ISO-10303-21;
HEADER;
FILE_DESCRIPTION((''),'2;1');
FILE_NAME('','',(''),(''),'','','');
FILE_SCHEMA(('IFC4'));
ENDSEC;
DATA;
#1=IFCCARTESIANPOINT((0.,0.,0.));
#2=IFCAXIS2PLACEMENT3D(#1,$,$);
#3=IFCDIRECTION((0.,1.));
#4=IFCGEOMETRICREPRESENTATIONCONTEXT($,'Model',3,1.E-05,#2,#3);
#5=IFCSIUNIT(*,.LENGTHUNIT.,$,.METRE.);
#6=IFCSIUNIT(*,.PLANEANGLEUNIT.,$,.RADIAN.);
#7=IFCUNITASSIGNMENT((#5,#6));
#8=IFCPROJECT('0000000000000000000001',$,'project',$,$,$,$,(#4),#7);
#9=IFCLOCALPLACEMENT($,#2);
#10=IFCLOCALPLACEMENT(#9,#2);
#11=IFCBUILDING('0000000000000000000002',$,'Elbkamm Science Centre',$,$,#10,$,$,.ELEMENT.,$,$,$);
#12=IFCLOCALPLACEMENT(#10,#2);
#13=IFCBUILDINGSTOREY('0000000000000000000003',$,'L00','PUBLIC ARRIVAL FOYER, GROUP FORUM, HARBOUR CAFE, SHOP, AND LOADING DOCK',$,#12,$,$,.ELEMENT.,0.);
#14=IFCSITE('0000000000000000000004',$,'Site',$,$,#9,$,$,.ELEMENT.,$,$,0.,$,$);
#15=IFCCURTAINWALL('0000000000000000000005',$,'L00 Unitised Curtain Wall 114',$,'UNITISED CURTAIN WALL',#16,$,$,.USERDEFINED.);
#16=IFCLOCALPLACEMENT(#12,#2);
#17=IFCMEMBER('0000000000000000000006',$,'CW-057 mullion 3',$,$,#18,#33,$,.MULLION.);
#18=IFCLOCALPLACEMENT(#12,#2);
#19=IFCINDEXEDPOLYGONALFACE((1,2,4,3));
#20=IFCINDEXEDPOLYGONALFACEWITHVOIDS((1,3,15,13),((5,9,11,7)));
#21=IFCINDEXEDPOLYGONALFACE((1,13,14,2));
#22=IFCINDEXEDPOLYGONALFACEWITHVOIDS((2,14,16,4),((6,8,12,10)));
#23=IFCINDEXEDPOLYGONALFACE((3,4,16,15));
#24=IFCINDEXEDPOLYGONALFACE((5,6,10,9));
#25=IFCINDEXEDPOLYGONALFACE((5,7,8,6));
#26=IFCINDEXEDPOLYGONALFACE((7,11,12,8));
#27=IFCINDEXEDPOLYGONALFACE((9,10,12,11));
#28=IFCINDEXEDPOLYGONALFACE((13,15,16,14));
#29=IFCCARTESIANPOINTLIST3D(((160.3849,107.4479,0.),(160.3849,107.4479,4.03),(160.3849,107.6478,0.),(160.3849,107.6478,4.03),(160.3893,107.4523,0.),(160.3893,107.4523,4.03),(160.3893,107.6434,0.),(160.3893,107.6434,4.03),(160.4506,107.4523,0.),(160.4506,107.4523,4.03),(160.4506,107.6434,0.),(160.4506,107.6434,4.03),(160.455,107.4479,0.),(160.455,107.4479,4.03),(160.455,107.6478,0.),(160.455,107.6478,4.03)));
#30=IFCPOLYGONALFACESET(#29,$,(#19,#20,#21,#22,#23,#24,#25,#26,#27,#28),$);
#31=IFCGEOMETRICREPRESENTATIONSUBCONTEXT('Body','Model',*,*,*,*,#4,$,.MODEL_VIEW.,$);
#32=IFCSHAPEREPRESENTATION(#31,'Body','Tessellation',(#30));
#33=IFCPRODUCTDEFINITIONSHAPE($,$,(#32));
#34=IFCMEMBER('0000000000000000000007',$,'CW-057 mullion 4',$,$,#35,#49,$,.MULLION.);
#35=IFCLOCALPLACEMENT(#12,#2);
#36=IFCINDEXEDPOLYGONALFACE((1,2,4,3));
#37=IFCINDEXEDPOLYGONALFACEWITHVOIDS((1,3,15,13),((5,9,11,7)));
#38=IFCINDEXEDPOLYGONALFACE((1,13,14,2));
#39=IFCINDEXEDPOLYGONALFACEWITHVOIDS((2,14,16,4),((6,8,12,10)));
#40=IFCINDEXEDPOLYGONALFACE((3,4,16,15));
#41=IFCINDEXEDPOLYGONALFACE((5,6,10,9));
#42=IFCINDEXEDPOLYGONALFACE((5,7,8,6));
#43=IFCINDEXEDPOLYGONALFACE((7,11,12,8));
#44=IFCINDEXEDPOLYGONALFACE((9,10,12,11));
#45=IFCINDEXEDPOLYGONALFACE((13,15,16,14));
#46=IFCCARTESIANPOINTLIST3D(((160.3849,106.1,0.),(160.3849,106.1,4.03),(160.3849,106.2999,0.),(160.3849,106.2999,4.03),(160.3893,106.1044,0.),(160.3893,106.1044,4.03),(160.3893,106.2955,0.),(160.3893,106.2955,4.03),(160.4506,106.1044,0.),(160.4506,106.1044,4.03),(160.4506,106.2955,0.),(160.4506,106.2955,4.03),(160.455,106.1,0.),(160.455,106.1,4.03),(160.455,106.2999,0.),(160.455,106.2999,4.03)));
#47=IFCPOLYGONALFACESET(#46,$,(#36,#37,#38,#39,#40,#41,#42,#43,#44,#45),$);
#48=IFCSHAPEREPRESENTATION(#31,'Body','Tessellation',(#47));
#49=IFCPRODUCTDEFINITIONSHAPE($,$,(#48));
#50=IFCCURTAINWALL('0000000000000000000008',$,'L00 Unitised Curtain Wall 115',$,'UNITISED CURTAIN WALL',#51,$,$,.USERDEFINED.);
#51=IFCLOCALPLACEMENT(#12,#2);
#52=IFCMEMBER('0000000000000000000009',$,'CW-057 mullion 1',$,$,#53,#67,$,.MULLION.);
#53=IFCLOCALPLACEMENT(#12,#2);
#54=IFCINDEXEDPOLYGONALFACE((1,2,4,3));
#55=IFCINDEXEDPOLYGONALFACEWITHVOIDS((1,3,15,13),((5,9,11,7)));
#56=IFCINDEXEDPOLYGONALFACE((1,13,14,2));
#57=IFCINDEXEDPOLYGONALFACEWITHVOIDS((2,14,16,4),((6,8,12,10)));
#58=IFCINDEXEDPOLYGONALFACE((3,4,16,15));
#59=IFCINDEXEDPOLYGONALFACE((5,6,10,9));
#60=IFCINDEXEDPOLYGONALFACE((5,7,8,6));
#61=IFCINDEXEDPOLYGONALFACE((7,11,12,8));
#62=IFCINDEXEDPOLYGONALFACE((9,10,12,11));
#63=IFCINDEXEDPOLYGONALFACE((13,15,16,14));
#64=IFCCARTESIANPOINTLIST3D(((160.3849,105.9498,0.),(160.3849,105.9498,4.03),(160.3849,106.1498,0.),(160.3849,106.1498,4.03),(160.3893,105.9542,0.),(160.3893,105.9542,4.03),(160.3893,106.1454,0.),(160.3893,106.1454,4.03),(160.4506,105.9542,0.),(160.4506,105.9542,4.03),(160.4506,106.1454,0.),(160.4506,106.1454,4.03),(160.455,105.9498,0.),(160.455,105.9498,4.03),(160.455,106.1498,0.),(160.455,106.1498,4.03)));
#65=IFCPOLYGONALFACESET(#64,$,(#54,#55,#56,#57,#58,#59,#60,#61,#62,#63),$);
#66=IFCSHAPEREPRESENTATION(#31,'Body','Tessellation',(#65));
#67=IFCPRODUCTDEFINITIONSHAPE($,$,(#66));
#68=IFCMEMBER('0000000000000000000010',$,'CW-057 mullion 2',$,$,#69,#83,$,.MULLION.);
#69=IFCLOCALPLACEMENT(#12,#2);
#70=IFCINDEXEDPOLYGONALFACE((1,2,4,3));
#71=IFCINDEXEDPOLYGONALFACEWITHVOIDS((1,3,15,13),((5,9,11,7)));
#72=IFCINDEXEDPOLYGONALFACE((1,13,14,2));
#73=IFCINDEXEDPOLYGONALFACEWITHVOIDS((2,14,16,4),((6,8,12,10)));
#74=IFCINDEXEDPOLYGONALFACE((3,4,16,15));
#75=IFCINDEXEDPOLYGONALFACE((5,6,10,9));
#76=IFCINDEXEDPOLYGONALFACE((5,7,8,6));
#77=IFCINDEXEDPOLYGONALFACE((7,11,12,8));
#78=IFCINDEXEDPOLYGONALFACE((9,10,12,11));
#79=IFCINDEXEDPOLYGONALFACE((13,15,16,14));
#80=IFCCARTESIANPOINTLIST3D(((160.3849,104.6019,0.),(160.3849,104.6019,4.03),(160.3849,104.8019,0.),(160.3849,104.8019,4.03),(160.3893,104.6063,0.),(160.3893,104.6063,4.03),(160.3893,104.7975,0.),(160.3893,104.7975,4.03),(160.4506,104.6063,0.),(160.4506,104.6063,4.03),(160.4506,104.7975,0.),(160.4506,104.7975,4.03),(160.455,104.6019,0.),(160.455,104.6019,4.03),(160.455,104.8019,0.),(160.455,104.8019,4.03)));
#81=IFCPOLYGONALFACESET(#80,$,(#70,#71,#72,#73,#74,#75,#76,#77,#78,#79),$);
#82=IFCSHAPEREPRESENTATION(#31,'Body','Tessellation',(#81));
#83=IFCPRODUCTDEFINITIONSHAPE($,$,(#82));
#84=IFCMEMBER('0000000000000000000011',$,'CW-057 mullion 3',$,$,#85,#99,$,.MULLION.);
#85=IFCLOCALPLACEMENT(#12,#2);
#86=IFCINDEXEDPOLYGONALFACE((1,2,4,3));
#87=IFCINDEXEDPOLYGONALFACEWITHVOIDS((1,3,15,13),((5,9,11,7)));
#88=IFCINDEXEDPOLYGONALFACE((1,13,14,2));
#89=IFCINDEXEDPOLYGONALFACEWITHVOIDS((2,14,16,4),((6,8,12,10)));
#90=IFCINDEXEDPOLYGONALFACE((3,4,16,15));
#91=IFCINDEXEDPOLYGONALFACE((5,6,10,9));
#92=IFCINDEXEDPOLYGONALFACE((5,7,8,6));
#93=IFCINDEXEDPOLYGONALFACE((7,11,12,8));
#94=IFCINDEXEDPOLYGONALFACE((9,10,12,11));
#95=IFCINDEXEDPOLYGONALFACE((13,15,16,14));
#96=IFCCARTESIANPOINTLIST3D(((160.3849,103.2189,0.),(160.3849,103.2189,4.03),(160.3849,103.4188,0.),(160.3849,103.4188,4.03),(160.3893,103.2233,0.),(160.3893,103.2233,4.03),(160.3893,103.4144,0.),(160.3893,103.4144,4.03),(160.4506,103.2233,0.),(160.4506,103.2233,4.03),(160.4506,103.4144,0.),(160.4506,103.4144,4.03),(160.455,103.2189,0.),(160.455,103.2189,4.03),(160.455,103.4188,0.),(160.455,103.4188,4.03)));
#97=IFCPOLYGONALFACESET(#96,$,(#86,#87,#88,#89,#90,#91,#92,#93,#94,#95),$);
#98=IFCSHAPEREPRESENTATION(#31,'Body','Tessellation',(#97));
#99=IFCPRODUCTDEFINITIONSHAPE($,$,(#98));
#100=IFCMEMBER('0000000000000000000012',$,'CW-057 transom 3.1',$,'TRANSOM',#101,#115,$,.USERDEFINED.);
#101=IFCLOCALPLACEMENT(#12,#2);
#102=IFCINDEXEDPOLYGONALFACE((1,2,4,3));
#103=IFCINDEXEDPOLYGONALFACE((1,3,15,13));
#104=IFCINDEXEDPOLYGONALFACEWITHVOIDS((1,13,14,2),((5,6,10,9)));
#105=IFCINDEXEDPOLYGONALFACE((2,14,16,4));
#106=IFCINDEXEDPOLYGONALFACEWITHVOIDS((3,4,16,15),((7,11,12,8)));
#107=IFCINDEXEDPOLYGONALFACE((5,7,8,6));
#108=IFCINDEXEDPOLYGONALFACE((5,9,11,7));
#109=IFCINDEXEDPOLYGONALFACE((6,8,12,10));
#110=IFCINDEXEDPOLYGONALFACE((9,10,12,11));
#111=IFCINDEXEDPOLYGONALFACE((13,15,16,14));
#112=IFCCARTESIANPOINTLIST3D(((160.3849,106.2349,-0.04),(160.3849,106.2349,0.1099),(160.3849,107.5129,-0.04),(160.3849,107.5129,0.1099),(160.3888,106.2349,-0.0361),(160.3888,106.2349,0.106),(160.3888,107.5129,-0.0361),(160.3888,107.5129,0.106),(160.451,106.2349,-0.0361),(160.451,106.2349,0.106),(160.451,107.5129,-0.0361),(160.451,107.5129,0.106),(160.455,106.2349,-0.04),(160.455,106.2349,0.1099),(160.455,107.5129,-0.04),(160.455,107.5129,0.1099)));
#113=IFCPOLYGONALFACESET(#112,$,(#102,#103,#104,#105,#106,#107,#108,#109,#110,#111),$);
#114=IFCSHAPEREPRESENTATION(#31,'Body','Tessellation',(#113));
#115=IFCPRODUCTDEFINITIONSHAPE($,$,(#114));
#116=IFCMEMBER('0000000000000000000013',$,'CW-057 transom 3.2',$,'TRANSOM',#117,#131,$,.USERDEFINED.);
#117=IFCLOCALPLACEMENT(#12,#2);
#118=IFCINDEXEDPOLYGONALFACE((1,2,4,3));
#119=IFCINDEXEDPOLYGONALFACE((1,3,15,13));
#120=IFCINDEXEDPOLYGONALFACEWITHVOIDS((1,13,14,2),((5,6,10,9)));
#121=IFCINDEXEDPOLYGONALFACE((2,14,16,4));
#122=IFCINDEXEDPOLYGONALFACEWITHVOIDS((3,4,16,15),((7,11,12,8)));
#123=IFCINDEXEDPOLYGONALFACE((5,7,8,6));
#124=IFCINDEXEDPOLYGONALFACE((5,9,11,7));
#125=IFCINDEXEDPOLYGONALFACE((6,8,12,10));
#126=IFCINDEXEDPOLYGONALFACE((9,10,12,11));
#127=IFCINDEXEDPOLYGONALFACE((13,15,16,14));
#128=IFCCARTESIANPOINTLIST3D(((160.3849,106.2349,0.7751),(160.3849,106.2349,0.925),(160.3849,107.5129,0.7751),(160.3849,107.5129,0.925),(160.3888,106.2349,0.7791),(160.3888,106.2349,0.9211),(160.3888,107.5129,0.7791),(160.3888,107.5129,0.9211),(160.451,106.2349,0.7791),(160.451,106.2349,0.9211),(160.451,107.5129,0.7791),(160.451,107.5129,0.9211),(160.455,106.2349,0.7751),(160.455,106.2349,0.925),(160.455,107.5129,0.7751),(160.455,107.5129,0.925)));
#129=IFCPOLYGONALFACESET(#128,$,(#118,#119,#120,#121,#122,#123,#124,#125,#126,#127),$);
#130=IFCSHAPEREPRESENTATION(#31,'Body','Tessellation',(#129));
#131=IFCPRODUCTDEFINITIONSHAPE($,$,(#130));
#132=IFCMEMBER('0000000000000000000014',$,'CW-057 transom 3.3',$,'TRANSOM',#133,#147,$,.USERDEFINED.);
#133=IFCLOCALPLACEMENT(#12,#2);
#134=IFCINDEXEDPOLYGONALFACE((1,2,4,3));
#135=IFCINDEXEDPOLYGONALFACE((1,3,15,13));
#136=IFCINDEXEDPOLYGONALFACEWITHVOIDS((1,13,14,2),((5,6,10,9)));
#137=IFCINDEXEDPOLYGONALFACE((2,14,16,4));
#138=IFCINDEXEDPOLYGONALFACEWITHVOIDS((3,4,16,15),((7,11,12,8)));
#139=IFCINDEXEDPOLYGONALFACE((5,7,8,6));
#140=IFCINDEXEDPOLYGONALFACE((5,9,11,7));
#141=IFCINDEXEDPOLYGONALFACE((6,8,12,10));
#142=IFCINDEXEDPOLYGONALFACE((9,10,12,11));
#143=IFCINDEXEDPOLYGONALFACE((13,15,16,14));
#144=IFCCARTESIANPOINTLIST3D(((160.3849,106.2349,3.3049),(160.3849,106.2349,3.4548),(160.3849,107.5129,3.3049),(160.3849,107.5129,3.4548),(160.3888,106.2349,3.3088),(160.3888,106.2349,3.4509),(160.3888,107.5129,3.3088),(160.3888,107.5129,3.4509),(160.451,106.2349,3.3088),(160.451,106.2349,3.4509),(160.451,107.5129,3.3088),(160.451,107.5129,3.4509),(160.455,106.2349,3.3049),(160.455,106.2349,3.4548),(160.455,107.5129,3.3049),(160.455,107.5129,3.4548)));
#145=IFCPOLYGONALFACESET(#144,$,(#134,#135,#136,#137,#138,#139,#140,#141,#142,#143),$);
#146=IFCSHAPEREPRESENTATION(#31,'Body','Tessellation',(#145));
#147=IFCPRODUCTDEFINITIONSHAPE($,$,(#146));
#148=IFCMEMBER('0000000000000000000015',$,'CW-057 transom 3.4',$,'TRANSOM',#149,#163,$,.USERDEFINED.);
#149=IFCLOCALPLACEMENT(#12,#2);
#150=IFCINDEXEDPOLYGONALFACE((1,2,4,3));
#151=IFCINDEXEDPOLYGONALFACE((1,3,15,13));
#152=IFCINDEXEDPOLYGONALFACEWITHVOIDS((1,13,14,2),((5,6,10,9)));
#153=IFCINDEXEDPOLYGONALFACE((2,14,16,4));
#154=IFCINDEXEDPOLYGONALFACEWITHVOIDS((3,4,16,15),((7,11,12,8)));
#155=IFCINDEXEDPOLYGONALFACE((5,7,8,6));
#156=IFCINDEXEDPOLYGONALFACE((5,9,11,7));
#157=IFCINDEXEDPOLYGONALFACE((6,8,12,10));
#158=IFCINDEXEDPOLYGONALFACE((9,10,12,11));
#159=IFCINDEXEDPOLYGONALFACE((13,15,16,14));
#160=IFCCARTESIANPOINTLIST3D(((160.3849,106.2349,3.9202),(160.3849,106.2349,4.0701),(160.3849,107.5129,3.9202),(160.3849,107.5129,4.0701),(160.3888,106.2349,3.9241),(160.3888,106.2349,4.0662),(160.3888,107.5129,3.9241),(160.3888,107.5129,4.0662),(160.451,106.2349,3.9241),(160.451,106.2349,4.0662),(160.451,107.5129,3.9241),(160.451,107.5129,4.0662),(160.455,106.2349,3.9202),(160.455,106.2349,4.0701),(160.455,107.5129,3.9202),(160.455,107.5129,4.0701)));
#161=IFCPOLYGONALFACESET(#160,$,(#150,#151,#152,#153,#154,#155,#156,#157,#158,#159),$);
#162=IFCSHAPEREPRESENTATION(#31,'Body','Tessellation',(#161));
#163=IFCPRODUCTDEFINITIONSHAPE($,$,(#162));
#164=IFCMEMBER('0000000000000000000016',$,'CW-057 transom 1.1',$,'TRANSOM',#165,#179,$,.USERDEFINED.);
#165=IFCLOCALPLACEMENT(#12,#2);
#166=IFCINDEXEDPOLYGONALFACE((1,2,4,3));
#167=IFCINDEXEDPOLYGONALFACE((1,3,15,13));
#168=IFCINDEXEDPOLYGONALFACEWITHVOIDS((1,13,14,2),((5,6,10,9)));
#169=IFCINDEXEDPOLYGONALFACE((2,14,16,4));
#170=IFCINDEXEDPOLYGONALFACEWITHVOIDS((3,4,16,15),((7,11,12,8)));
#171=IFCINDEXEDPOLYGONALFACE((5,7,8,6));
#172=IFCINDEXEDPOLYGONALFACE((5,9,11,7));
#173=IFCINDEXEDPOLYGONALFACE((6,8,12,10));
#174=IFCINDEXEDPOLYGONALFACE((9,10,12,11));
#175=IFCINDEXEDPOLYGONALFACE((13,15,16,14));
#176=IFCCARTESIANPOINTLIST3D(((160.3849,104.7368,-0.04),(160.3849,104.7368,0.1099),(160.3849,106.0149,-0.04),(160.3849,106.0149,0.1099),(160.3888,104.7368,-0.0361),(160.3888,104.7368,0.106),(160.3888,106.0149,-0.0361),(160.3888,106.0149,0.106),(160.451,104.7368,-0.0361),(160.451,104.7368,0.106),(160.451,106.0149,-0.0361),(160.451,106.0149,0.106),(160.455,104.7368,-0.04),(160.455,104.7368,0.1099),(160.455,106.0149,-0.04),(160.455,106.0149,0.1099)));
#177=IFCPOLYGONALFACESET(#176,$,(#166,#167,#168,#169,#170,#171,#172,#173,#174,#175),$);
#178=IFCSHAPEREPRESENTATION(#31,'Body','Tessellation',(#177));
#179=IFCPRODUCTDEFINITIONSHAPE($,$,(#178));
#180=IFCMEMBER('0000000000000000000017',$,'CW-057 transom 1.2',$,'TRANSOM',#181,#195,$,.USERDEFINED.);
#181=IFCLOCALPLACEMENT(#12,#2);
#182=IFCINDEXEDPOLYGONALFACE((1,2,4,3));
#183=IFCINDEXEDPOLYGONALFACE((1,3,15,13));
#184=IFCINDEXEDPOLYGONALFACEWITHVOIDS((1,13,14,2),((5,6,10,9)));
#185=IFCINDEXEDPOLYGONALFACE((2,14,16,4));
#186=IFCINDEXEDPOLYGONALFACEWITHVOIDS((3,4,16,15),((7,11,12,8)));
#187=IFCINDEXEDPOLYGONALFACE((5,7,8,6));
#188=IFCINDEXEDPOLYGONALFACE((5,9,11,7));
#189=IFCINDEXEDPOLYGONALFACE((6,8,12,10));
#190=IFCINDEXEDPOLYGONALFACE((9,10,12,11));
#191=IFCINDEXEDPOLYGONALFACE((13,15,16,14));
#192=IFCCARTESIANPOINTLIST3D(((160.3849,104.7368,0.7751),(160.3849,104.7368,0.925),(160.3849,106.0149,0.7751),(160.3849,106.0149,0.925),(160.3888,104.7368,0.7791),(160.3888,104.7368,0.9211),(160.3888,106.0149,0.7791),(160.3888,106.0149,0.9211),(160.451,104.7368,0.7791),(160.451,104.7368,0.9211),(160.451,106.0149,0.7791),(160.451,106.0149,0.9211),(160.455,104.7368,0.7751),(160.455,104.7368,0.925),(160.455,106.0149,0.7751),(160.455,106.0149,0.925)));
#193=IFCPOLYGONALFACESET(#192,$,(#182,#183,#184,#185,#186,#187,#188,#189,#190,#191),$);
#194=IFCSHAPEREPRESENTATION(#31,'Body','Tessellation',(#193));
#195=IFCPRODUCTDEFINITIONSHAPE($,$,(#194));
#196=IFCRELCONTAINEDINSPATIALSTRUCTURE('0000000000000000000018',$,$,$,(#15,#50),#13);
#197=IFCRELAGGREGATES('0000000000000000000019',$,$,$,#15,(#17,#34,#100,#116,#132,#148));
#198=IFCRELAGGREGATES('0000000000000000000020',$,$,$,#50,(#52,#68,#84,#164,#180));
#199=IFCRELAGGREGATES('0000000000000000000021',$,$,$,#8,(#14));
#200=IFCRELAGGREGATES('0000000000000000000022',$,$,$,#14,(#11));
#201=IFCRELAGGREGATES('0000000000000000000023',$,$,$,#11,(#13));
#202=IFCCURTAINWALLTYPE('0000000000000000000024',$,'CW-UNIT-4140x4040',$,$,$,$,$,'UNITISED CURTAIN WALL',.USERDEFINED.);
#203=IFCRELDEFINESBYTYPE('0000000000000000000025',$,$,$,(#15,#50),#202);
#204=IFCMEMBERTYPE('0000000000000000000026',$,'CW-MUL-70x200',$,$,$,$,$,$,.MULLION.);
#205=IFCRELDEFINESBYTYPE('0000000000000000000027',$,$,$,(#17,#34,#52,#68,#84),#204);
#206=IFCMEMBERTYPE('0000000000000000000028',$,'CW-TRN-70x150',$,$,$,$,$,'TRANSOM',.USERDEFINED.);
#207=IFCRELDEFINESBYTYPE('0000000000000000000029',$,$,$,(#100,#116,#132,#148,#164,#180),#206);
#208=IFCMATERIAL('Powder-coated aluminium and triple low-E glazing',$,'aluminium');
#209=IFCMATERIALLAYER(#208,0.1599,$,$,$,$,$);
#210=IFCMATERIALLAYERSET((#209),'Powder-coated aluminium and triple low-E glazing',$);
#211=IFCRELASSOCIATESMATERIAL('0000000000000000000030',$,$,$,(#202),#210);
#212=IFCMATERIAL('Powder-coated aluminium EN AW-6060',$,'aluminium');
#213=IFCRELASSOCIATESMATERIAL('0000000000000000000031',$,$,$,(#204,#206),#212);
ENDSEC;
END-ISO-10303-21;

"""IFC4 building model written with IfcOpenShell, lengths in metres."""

from ifc_helpers import new_model, si_unit, direction, frame, origin, origin_2d, place, context, subcontext, project, spatial, hollow_rectangle, extrude, material, layer, layer_set, material_profile, profile_set, type_object, element, aggregate, save


model = new_model("IFC4")

# Units and contexts
model_context = context("Model", 3, precision=1e-05, world=origin(), true_north=direction((0.0, 1.0)))
body_context = subcontext(model_context, "Body", "Model", "MODEL_VIEW")
ifc_project = project(units=[si_unit("LENGTHUNIT", "METRE"), si_unit("PLANEANGLEUNIT", "RADIAN")], contexts=[model_context])

# Site, building, storey
site_placement = place(None, origin())
site = spatial("IfcSite", under=ifc_project, at=site_placement, Name="Site", CompositionType="ELEMENT", RefElevation=0.0)
building_placement = place(site_placement, origin())
building = spatial("IfcBuilding", under=site, at=building_placement, Name="Elbkamm Science Centre", CompositionType="ELEMENT")
storey_placement = place(building_placement, origin())
storey = spatial("IfcBuildingStorey", under=building, at=storey_placement, Name="L00", Description="PUBLIC ARRIVAL FOYER, GROUP FORUM, HARBOUR CAFE, SHOP, AND LOADING DOCK", CompositionType="ELEMENT", Elevation=0.0)

# Curtain walls, members
ifc_material_1 = material(Name="Powder-coated aluminium and triple low-E glazing", Category="aluminium")
ifc_layer_1 = layer(ifc_material_1, 0.1599)
ifc_layer_set_1 = layer_set([ifc_layer_1], Name="Powder-coated aluminium and triple low-E glazing")
curtain_wall_type = type_object("IfcCurtainWallType", Name="CW-UNIT-4140x4040", ElementType="UNITISED CURTAIN WALL", PredefinedType="USERDEFINED", material=ifc_layer_set_1)
curtain_wall_1_placement = place(storey_placement, origin())
curtain_wall_1 = element("IfcCurtainWall", 1, at=curtain_wall_1_placement, inside=storey, type_object=curtain_wall_type, Name="L00 Unitised Curtain Wall 114", ObjectType="UNITISED CURTAIN WALL", PredefinedType="USERDEFINED")
ifc_material_2 = material(Name="Powder-coated aluminium EN AW-6060", Category="aluminium")
ifc_material_profile_1 = material_profile(ifc_material_2, hollow_rectangle(XDim=0.0701, YDim=0.2, WallThickness=0.0044, at=origin_2d()), Name="ALU M70x200")
ifc_profile_set_1 = profile_set([ifc_material_profile_1], Name="Powder-coated aluminium EN AW-6060")
member_type_1 = type_object("IfcMemberType", Name="CW-MUL-70x200", PredefinedType="MULLION", material=ifc_profile_set_1)
member_1_placement = place(storey_placement, frame((160.4199, 107.5479, 0.0), z_axis=(0.0, 0.0, 1.0), x_axis=(1.0, 0.0, 0.0)))
member_1 = element("IfcMember", 2, at=member_1_placement, type_object=member_type_1, Name="CW-057 mullion 3", PredefinedType="MULLION", context=body_context, shape_type="SweptSolid", body=[
    extrude(hollow_rectangle(XDim=0.0701, YDim=0.2, WallThickness=0.0044, at=origin_2d()), origin(), (0.0, 0.0, 1.0), 4.03),
])
member_2_placement = place(storey_placement, frame((160.4199, 106.2, 0.0), z_axis=(0.0, 0.0, 1.0), x_axis=(1.0, 0.0, 0.0)))
member_2 = element("IfcMember", 3, at=member_2_placement, type_object=member_type_1, Name="CW-057 mullion 4", PredefinedType="MULLION", context=body_context, shape_type="SweptSolid", body=[
    extrude(hollow_rectangle(XDim=0.0701, YDim=0.2, WallThickness=0.0044, at=origin_2d()), origin(), (0.0, 0.0, 1.0), 4.03),
])
curtain_wall_2_placement = place(storey_placement, origin())
curtain_wall_2 = element("IfcCurtainWall", 4, at=curtain_wall_2_placement, inside=storey, type_object=curtain_wall_type, Name="L00 Unitised Curtain Wall 115", ObjectType="UNITISED CURTAIN WALL", PredefinedType="USERDEFINED")
member_3_placement = place(storey_placement, frame((160.4199, 106.0498, 0.0), z_axis=(0.0, 0.0, 1.0), x_axis=(1.0, 0.0, 0.0)))
member_3 = element("IfcMember", 5, at=member_3_placement, type_object=member_type_1, Name="CW-057 mullion 1", PredefinedType="MULLION", context=body_context, shape_type="SweptSolid", body=[
    extrude(hollow_rectangle(XDim=0.0701, YDim=0.2, WallThickness=0.0044, at=origin_2d()), origin(), (0.0, 0.0, 1.0), 4.03),
])
member_4_placement = place(storey_placement, frame((160.4199, 104.7019, 0.0), z_axis=(0.0, 0.0, 1.0), x_axis=(1.0, 0.0, 0.0)))
member_4 = element("IfcMember", 6, at=member_4_placement, type_object=member_type_1, Name="CW-057 mullion 2", PredefinedType="MULLION", context=body_context, shape_type="SweptSolid", body=[
    extrude(hollow_rectangle(XDim=0.0701, YDim=0.2, WallThickness=0.0044, at=origin_2d()), origin(), (0.0, 0.0, 1.0), 4.03),
])
member_5_placement = place(storey_placement, frame((160.4199, 103.3188, 0.0), z_axis=(0.0, 0.0, 1.0), x_axis=(1.0, 0.0, 0.0)))
member_5 = element("IfcMember", 7, at=member_5_placement, type_object=member_type_1, Name="CW-057 mullion 3", PredefinedType="MULLION", context=body_context, shape_type="SweptSolid", body=[
    extrude(hollow_rectangle(XDim=0.0701, YDim=0.2, WallThickness=0.0044, at=origin_2d()), origin(), (0.0, 0.0, 1.0), 4.03),
])

# Members
ifc_material_profile_2 = material_profile(ifc_material_2, hollow_rectangle(XDim=0.0701, YDim=0.1499, WallThickness=0.0039, at=origin_2d()), Name="ALU T70x150")
ifc_profile_set_2 = profile_set([ifc_material_profile_2], Name="Powder-coated aluminium EN AW-6060")
member_type_2 = type_object("IfcMemberType", Name="CW-TRN-70x150", ElementType="TRANSOM", PredefinedType="USERDEFINED", material=ifc_profile_set_2)
member_6_placement = place(storey_placement, frame((160.4199, 107.5129, 0.0349), z_axis=(0.0, -1.0, 0.0), x_axis=(1.0, 0.0, 0.0)))
member_6 = element("IfcMember", 8, at=member_6_placement, type_object=member_type_2, Name="CW-057 transom 3.1", ObjectType="TRANSOM", PredefinedType="USERDEFINED", context=body_context, shape_type="SweptSolid", body=[
    extrude(hollow_rectangle(XDim=0.0701, YDim=0.1499, WallThickness=0.0039, at=origin_2d()), origin(), (0.0, 0.0, 1.0), 1.2781),
])
member_7_placement = place(storey_placement, frame((160.4199, 107.5129, 0.8501), z_axis=(0.0, -1.0, 0.0), x_axis=(1.0, 0.0, 0.0)))
member_7 = element("IfcMember", 9, at=member_7_placement, type_object=member_type_2, Name="CW-057 transom 3.2", ObjectType="TRANSOM", PredefinedType="USERDEFINED", context=body_context, shape_type="SweptSolid", body=[
    extrude(hollow_rectangle(XDim=0.0701, YDim=0.1499, WallThickness=0.0039, at=origin_2d()), origin(), (0.0, 0.0, 1.0), 1.2781),
])
member_8_placement = place(storey_placement, frame((160.4199, 107.5129, 3.3799), z_axis=(0.0, -1.0, 0.0), x_axis=(1.0, 0.0, 0.0)))
member_8 = element("IfcMember", 10, at=member_8_placement, type_object=member_type_2, Name="CW-057 transom 3.3", ObjectType="TRANSOM", PredefinedType="USERDEFINED", context=body_context, shape_type="SweptSolid", body=[
    extrude(hollow_rectangle(XDim=0.0701, YDim=0.1499, WallThickness=0.0039, at=origin_2d()), origin(), (0.0, 0.0, 1.0), 1.2781),
])
member_9_placement = place(storey_placement, frame((160.4199, 107.5129, 3.9951), z_axis=(0.0, -1.0, 0.0), x_axis=(1.0, 0.0, 0.0)))
member_9 = element("IfcMember", 11, at=member_9_placement, type_object=member_type_2, Name="CW-057 transom 3.4", ObjectType="TRANSOM", PredefinedType="USERDEFINED", context=body_context, shape_type="SweptSolid", body=[
    extrude(hollow_rectangle(XDim=0.0701, YDim=0.1499, WallThickness=0.0039, at=origin_2d()), origin(), (0.0, 0.0, 1.0), 1.2781),
])
member_10_placement = place(storey_placement, frame((160.4199, 106.0149, 0.0349), z_axis=(0.0, -1.0, 0.0), x_axis=(1.0, 0.0, 0.0)))
member_10 = element("IfcMember", 12, at=member_10_placement, type_object=member_type_2, Name="CW-057 transom 1.1", ObjectType="TRANSOM", PredefinedType="USERDEFINED", context=body_context, shape_type="SweptSolid", body=[
    extrude(hollow_rectangle(XDim=0.0701, YDim=0.1499, WallThickness=0.0039, at=origin_2d()), origin(), (0.0, 0.0, 1.0), 1.2781),
])
member_11_placement = place(storey_placement, frame((160.4199, 106.0149, 0.8501), z_axis=(0.0, -1.0, 0.0), x_axis=(1.0, 0.0, 0.0)))
member_11 = element("IfcMember", 13, at=member_11_placement, type_object=member_type_2, Name="CW-057 transom 1.2", ObjectType="TRANSOM", PredefinedType="USERDEFINED", context=body_context, shape_type="SweptSolid", body=[
    extrude(hollow_rectangle(XDim=0.0701, YDim=0.1499, WallThickness=0.0039, at=origin_2d()), origin(), (0.0, 0.0, 1.0), 1.2781),
])

aggregate(curtain_wall_1, [member_1, member_2, member_6, member_7, member_8, member_9])
aggregate(curtain_wall_2, [member_3, member_4, member_5, member_10, member_11])

save(model, "model.ifc")
